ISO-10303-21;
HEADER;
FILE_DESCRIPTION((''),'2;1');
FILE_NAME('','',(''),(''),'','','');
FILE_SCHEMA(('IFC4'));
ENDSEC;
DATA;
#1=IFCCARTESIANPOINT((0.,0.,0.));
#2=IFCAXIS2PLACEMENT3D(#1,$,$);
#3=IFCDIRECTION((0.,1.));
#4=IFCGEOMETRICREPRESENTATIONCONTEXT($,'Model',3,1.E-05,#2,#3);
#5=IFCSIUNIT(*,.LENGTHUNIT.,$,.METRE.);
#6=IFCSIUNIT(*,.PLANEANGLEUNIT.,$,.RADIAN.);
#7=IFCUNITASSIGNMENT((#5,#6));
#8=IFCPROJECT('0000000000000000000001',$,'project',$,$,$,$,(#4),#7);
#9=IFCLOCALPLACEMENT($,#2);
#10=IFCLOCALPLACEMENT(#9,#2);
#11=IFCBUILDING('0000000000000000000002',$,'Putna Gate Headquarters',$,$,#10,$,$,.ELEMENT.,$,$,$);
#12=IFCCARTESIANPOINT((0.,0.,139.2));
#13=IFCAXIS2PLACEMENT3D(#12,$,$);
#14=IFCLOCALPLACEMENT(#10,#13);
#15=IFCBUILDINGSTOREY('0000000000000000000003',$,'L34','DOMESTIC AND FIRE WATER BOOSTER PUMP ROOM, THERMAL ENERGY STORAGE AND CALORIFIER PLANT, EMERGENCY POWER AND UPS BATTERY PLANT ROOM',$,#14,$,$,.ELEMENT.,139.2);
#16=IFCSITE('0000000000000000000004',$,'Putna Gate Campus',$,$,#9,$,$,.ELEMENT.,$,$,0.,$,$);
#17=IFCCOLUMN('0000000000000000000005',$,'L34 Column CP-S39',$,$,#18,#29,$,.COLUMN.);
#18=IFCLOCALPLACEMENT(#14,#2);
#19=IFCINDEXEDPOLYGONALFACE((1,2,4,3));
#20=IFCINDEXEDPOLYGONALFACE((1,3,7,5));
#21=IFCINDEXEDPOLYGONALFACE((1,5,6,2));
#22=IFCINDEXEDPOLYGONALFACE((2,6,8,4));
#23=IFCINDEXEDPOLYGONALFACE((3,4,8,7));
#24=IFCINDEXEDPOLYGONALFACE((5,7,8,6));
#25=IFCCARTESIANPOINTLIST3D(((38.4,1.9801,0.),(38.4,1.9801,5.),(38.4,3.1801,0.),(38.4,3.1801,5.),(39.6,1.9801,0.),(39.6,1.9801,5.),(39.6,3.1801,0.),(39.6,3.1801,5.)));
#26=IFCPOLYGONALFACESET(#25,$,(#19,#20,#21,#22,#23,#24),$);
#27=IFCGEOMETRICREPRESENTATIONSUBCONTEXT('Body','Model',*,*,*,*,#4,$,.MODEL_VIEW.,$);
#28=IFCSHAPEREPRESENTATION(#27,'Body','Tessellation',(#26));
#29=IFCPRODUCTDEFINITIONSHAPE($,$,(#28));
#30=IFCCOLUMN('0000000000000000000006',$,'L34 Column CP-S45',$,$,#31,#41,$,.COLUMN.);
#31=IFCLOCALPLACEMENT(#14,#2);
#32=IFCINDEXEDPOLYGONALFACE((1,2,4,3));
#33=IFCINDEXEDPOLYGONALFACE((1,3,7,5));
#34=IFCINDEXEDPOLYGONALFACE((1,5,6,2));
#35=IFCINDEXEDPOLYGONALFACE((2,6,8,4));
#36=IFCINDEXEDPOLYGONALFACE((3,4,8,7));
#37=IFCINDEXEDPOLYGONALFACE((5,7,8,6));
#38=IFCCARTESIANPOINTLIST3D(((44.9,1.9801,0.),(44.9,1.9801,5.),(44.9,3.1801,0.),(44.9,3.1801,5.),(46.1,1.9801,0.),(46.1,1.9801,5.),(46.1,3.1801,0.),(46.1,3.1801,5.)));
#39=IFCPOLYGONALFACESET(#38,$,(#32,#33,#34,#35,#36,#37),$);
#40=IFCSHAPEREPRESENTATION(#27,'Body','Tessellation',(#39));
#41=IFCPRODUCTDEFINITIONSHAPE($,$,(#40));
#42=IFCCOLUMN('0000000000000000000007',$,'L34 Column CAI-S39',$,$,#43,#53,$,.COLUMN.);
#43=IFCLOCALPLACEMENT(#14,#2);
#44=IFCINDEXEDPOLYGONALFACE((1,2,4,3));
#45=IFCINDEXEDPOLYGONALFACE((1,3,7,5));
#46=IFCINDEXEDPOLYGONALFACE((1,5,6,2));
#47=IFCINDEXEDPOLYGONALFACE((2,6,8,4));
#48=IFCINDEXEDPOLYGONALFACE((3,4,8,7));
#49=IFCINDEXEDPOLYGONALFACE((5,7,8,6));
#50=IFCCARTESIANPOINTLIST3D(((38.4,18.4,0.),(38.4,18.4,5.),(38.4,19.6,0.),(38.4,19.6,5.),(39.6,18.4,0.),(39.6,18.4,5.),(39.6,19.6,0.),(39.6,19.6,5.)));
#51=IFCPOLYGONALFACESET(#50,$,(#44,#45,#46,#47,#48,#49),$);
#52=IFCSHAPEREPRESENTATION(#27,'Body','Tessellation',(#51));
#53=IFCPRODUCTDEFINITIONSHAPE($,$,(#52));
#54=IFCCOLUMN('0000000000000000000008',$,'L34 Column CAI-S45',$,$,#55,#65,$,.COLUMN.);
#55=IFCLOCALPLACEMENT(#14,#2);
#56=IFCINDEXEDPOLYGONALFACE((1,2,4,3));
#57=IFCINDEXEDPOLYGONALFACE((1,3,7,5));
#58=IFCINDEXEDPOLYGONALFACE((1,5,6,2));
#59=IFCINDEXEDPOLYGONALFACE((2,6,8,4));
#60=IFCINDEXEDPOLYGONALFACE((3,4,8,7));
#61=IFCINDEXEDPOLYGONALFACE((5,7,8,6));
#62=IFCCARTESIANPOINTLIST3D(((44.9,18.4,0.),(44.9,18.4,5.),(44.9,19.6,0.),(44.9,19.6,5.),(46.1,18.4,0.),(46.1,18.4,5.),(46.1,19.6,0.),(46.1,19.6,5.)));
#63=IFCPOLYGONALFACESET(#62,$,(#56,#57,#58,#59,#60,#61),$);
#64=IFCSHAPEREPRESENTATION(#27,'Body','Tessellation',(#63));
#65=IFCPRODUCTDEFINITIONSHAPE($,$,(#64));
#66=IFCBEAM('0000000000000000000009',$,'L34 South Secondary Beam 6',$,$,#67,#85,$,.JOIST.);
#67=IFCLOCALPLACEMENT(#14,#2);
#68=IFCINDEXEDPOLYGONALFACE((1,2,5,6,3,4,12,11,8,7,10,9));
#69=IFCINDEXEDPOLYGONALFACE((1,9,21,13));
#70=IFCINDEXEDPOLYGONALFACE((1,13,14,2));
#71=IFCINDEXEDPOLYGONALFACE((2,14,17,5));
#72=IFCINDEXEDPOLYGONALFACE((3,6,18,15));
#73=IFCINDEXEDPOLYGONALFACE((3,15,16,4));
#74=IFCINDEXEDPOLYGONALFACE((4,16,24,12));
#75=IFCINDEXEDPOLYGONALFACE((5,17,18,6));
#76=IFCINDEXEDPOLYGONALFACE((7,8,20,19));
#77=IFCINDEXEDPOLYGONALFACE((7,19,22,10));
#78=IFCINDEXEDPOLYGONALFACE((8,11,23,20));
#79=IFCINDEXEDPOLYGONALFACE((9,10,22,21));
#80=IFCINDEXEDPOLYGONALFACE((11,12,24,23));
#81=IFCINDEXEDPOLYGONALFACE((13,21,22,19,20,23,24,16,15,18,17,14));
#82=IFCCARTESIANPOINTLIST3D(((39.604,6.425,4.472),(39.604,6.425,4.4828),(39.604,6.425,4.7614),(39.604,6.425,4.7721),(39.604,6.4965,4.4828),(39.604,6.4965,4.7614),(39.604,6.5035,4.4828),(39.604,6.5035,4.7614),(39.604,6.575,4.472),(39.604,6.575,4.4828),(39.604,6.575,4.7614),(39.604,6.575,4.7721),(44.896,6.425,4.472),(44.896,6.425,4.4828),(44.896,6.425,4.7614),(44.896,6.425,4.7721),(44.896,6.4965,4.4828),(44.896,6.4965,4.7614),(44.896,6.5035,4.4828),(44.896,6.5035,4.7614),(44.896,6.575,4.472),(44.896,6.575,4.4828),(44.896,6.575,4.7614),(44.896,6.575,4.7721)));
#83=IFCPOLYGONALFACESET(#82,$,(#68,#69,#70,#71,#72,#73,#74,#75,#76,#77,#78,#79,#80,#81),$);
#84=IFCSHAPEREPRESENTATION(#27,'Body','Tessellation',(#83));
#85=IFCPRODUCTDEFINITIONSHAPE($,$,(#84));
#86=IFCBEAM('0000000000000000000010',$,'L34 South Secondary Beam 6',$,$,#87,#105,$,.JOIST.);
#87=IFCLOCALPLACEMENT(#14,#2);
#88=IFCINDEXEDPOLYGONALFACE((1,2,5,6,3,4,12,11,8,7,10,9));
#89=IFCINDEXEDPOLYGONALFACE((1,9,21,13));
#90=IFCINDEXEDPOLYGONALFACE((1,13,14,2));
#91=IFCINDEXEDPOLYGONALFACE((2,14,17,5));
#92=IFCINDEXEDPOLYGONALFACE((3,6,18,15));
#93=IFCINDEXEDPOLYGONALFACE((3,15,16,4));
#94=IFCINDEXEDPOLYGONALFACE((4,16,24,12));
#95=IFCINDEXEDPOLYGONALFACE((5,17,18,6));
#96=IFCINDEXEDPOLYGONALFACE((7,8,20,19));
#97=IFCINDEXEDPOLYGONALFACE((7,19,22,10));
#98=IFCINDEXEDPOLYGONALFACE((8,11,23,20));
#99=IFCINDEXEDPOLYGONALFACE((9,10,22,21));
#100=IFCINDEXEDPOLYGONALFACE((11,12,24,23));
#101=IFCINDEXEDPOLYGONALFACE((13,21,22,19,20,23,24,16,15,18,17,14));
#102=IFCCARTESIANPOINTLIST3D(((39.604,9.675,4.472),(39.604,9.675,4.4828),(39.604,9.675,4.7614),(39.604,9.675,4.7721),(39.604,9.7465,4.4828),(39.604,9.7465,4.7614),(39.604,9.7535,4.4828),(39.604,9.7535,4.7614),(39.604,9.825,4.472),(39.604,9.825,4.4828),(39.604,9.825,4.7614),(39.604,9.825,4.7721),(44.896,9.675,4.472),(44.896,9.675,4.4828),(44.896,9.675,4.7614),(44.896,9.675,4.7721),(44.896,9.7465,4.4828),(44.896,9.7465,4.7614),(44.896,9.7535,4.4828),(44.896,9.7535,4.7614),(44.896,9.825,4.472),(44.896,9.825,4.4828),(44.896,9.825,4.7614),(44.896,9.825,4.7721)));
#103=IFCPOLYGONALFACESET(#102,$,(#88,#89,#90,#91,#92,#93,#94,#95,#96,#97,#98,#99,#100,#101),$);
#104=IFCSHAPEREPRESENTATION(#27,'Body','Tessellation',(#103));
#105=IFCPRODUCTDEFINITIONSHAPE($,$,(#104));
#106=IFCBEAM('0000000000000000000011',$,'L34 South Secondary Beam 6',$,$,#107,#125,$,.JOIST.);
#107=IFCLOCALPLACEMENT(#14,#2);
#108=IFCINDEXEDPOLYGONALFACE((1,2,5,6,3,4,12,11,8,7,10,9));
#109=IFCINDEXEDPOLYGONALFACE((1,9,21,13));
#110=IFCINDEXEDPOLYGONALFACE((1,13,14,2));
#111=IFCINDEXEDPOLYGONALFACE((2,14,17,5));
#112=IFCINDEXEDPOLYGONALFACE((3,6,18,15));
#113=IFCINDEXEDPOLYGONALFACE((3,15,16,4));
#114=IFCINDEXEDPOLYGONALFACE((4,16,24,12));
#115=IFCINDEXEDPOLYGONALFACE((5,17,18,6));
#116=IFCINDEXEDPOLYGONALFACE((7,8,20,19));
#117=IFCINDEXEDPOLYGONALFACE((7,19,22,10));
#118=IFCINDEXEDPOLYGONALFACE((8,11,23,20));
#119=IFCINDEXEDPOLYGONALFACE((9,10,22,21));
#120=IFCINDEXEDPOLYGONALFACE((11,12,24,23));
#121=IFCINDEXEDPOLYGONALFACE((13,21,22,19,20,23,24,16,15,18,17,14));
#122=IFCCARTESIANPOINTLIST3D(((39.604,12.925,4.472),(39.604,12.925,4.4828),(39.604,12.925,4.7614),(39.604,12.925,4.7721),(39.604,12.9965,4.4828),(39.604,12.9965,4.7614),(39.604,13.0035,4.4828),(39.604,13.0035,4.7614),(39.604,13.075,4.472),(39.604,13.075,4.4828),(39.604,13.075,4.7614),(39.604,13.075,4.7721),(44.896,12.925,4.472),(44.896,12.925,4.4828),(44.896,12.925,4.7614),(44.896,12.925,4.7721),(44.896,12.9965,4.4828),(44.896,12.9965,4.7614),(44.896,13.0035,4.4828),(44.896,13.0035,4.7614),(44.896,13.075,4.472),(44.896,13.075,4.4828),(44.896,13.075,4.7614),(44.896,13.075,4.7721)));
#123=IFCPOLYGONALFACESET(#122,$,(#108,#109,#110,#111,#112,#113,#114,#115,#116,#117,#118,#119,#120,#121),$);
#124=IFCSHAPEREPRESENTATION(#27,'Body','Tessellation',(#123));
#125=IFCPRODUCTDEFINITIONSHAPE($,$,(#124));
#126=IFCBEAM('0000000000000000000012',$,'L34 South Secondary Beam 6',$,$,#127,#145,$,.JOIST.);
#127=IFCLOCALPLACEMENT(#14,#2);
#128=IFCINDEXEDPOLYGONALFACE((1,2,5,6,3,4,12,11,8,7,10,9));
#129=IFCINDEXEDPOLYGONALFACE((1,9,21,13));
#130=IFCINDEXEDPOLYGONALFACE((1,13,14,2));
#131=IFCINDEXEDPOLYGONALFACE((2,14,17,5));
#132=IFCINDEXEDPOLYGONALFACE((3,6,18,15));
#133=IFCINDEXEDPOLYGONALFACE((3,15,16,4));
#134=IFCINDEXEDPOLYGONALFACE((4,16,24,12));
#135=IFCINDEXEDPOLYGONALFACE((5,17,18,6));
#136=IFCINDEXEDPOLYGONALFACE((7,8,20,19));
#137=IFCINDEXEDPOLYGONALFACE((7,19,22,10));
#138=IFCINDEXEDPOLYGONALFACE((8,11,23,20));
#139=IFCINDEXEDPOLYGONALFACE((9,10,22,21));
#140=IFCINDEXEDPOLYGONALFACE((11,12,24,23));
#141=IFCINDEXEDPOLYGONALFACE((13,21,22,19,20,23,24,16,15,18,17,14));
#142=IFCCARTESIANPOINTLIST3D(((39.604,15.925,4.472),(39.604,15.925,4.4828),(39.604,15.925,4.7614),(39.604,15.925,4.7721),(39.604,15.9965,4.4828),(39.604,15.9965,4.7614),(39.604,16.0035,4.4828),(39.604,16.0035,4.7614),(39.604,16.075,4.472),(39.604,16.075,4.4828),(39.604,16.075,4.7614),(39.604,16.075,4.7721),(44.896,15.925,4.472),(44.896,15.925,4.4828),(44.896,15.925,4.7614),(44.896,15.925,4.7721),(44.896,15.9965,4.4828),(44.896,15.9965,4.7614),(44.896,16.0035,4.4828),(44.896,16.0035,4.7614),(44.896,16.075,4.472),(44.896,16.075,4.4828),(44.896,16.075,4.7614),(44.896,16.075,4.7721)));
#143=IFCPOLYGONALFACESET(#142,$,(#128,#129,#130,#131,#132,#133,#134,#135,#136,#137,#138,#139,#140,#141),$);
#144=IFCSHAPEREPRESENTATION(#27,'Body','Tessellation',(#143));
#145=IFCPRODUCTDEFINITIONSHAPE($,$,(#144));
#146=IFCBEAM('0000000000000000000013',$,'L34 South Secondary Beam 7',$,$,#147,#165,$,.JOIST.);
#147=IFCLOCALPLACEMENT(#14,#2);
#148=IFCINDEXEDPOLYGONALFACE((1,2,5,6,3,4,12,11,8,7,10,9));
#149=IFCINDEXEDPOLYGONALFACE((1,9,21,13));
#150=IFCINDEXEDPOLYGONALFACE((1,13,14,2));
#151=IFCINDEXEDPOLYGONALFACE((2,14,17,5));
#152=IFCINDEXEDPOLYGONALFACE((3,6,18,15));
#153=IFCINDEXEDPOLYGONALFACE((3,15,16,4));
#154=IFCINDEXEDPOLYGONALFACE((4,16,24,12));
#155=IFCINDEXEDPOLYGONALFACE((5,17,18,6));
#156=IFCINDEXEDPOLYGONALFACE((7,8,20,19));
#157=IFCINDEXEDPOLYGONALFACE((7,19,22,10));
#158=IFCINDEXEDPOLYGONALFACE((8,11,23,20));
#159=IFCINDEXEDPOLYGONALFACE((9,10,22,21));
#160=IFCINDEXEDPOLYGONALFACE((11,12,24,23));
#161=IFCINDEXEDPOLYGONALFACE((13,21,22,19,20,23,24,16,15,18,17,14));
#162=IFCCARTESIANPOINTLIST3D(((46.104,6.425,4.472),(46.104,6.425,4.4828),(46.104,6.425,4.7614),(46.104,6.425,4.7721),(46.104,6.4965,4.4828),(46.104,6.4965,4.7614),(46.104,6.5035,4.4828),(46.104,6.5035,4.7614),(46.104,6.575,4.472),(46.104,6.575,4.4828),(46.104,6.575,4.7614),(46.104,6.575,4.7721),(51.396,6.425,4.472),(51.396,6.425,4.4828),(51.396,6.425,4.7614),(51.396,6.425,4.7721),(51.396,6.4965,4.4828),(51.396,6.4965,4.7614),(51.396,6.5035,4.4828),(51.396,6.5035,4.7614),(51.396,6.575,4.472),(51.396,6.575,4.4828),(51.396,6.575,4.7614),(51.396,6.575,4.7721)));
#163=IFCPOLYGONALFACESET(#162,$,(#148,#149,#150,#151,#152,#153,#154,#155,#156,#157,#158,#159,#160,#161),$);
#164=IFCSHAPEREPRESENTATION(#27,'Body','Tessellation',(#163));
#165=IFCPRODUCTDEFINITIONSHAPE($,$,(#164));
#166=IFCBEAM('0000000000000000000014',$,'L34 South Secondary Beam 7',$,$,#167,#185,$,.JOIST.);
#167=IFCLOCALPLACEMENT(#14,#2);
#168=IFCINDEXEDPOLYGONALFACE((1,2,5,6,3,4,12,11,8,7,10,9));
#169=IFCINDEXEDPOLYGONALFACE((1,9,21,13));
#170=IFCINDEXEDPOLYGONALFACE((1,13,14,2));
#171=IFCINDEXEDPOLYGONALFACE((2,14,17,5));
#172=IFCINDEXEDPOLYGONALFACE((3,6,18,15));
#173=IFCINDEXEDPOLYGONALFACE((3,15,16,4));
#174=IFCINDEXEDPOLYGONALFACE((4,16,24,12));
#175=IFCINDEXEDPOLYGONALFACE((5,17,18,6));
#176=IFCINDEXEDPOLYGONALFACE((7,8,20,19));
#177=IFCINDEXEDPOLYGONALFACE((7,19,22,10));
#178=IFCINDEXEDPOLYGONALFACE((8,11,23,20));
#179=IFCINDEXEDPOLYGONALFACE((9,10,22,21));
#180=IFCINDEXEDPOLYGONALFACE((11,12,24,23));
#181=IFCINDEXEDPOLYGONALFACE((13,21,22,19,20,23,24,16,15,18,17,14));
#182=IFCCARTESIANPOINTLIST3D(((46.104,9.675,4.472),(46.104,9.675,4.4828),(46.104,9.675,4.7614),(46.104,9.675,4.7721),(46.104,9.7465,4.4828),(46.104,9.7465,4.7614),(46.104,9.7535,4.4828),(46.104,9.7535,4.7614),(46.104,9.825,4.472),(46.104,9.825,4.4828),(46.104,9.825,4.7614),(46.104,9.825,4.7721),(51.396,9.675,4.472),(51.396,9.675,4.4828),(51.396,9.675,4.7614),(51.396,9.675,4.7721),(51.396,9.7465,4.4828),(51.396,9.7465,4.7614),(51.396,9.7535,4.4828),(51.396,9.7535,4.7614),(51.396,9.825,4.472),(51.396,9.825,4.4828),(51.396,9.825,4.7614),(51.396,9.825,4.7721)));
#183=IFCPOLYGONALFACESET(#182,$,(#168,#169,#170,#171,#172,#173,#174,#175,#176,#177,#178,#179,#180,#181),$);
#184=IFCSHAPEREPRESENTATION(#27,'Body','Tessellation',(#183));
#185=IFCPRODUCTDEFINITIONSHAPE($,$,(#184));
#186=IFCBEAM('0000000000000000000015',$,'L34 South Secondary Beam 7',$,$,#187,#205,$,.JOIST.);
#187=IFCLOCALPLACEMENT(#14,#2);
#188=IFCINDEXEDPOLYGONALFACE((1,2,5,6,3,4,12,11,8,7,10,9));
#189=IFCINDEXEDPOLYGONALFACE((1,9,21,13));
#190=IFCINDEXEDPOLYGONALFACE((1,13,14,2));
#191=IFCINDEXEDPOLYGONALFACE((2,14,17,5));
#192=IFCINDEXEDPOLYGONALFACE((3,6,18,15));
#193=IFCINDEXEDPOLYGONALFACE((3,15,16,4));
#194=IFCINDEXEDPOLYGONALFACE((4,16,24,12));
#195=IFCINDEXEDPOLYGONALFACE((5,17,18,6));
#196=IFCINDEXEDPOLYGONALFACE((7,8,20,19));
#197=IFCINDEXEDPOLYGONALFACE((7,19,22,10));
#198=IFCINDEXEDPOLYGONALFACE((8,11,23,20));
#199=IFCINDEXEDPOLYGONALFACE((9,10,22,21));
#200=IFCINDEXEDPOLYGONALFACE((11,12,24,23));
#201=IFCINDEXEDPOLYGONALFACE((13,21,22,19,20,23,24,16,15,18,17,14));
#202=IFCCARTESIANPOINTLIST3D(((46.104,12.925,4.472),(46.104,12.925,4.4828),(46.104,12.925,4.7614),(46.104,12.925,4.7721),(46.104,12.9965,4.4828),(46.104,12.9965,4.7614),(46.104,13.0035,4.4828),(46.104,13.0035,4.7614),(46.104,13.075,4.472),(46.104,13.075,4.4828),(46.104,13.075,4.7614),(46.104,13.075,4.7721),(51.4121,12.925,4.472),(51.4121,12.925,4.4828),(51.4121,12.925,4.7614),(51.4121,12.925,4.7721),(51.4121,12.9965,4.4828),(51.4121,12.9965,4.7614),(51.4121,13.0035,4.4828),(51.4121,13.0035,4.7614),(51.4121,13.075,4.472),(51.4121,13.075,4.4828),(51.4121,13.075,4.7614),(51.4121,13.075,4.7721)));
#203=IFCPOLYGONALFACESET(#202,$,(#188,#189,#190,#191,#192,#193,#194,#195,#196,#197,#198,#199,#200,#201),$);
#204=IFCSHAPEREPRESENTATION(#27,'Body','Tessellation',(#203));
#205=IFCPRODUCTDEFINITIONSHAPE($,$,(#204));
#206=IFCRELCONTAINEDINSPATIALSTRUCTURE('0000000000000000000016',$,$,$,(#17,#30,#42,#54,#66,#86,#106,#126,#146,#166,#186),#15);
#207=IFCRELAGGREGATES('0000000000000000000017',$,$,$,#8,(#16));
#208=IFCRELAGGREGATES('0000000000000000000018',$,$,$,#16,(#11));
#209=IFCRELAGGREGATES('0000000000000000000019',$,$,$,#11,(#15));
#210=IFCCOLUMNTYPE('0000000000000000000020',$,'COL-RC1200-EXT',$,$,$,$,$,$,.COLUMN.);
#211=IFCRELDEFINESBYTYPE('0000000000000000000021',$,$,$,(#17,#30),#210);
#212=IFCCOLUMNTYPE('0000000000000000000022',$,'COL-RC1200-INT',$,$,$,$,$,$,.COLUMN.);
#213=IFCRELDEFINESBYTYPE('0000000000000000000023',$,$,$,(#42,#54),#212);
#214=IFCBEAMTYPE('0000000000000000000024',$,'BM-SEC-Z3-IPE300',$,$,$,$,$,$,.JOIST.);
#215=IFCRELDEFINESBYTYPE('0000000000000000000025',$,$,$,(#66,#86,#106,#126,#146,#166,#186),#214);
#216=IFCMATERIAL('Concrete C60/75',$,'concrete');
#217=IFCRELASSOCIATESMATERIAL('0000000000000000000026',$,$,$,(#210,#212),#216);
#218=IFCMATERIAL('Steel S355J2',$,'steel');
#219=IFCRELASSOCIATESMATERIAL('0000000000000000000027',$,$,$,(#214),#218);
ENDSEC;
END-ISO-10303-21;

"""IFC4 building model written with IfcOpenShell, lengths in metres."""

from ifc_helpers import new_model, si_unit, direction, frame, origin, origin_2d, place, context, subcontext, project, spatial, rectangle, i_section, extrude, material, material_profile, profile_set, type_object, element, save


model = new_model("IFC4")

# Units and contexts
model_context = context("Model", 3, precision=1e-05, world=origin(), true_north=direction((0.0, 1.0)))
body_context = subcontext(model_context, "Body", "Model", "MODEL_VIEW")
ifc_project = project(units=[si_unit("LENGTHUNIT", "METRE"), si_unit("PLANEANGLEUNIT", "RADIAN")], contexts=[model_context])

# Site, building, storey
site_placement = place(None, origin())
site = spatial("IfcSite", under=ifc_project, at=site_placement, Name="Putna Gate Campus", CompositionType="ELEMENT", RefElevation=0.0)
building_placement = place(site_placement, origin())
building = spatial("IfcBuilding", under=site, at=building_placement, Name="Putna Gate Headquarters", CompositionType="ELEMENT")
storey_placement = place(building_placement, frame((0.0, 0.0, 139.2)))
storey = spatial("IfcBuildingStorey", under=building, at=storey_placement, Name="L34", Description="DOMESTIC AND FIRE WATER BOOSTER PUMP ROOM, THERMAL ENERGY STORAGE AND CALORIFIER PLANT, EMERGENCY POWER AND UPS BATTERY PLANT ROOM", CompositionType="ELEMENT", Elevation=139.2)

# Columns
ifc_material_1 = material(Name="Concrete C60/75", Category="concrete")
ifc_material_profile_1 = material_profile(ifc_material_1, rectangle(XDim=1.2, YDim=1.2, at=origin_2d()), Name="Concrete C60/75")
ifc_profile_set_1 = profile_set([ifc_material_profile_1], Name="Concrete C60/75")
column_type_1 = type_object("IfcColumnType", Name="COL-RC1200-EXT", PredefinedType="COLUMN", material=ifc_profile_set_1)
for number, where, z_axis, x_axis, name in (
    (1, (39.0, 2.5801, 0.0), (0.0, 0.0, 1.0), (1.0, 0.0, 0.0), "L34 Column CP-S39"),
    (2, (45.5, 2.5801, 0.0), (0.0, 0.0, 1.0), (1.0, 0.0, 0.0), "L34 Column CP-S45"),
):
    element("IfcColumn", number, at=place(storey_placement, frame(where, z_axis=z_axis, x_axis=x_axis)), inside=storey, type_object=column_type_1, Name=name, PredefinedType="COLUMN", context=body_context, shape_type="SweptSolid", body=[
        extrude(rectangle(XDim=1.2, YDim=1.2, at=origin_2d()), origin(), (0.0, 0.0, 1.0), 5.0),
    ])
ifc_material_profile_2 = material_profile(ifc_material_1, rectangle(XDim=1.2, YDim=1.2, at=origin_2d()), Name="Concrete C60/75")
ifc_profile_set_2 = profile_set([ifc_material_profile_2], Name="Concrete C60/75")
column_type_2 = type_object("IfcColumnType", Name="COL-RC1200-INT", PredefinedType="COLUMN", material=ifc_profile_set_2)
for number, where, z_axis, x_axis, name in (
    (3, (39.0, 19.0, 0.0), (0.0, 0.0, 1.0), (1.0, 0.0, 0.0), "L34 Column CAI-S39"),
    (4, (45.5, 19.0, 0.0), (0.0, 0.0, 1.0), (1.0, 0.0, 0.0), "L34 Column CAI-S45"),
):
    element("IfcColumn", number, at=place(storey_placement, frame(where, z_axis=z_axis, x_axis=x_axis)), inside=storey, type_object=column_type_2, Name=name, PredefinedType="COLUMN", context=body_context, shape_type="SweptSolid", body=[
        extrude(rectangle(XDim=1.2, YDim=1.2, at=origin_2d()), origin(), (0.0, 0.0, 1.0), 5.0),
    ])

# Beams
ifc_material_2 = material(Name="Steel S355J2", Category="steel")
ifc_material_profile_3 = material_profile(ifc_material_2, i_section(OverallWidth=0.1499, OverallDepth=0.3, WebThickness=0.0071, FlangeThickness=0.0107, at=origin_2d()), Name="Steel S355J2")
ifc_profile_set_3 = profile_set([ifc_material_profile_3], Name="Steel S355J2")
beam_type_1 = type_object("IfcBeamType", Name="BM-SEC-Z3-IPE300", PredefinedType="JOIST", material=ifc_profile_set_3)
for number, where, z_axis, x_axis, name in (
    (5, (39.604, 6.5, 4.6221), (1.0, 0.0, 0.0), (0.0, 1.0, 0.0), "L34 South Secondary Beam 6"),
    (6, (39.604, 9.75, 4.6221), (1.0, 0.0, 0.0), (0.0, 1.0, 0.0), "L34 South Secondary Beam 6"),
    (7, (39.604, 13.0, 4.6221), (1.0, 0.0, 0.0), (0.0, 1.0, 0.0), "L34 South Secondary Beam 6"),
    (8, (39.604, 16.0, 4.6221), (1.0, 0.0, 0.0), (0.0, 1.0, 0.0), "L34 South Secondary Beam 6"),
    (9, (46.104, 6.5, 4.6221), (1.0, 0.0, 0.0), (0.0, 1.0, 0.0), "L34 South Secondary Beam 7"),
    (10, (46.104, 9.75, 4.6221), (1.0, 0.0, 0.0), (0.0, 1.0, 0.0), "L34 South Secondary Beam 7"),
):
    element("IfcBeam", number, at=place(storey_placement, frame(where, z_axis=z_axis, x_axis=x_axis)), inside=storey, type_object=beam_type_1, Name=name, PredefinedType="JOIST", context=body_context, shape_type="SweptSolid", body=[
        extrude(i_section(OverallWidth=0.1499, OverallDepth=0.3, WebThickness=0.0071, FlangeThickness=0.0107, at=origin_2d()), origin(), (0.0, 0.0, 1.0), 5.292),
    ])
beam_1_placement = place(storey_placement, frame((46.104, 13.0, 4.6221), z_axis=(1.0, 0.0, 0.0), x_axis=(0.0, 1.0, 0.0)))
element("IfcBeam", 11, at=beam_1_placement, inside=storey, type_object=beam_type_1, Name="L34 South Secondary Beam 7", PredefinedType="JOIST", context=body_context, shape_type="SweptSolid", body=[
    extrude(i_section(OverallWidth=0.1499, OverallDepth=0.3, WebThickness=0.0071, FlangeThickness=0.0107, at=origin_2d()), origin(), (0.0, 0.0, 1.0), 5.3081),
])

save(model, "model.ifc")
